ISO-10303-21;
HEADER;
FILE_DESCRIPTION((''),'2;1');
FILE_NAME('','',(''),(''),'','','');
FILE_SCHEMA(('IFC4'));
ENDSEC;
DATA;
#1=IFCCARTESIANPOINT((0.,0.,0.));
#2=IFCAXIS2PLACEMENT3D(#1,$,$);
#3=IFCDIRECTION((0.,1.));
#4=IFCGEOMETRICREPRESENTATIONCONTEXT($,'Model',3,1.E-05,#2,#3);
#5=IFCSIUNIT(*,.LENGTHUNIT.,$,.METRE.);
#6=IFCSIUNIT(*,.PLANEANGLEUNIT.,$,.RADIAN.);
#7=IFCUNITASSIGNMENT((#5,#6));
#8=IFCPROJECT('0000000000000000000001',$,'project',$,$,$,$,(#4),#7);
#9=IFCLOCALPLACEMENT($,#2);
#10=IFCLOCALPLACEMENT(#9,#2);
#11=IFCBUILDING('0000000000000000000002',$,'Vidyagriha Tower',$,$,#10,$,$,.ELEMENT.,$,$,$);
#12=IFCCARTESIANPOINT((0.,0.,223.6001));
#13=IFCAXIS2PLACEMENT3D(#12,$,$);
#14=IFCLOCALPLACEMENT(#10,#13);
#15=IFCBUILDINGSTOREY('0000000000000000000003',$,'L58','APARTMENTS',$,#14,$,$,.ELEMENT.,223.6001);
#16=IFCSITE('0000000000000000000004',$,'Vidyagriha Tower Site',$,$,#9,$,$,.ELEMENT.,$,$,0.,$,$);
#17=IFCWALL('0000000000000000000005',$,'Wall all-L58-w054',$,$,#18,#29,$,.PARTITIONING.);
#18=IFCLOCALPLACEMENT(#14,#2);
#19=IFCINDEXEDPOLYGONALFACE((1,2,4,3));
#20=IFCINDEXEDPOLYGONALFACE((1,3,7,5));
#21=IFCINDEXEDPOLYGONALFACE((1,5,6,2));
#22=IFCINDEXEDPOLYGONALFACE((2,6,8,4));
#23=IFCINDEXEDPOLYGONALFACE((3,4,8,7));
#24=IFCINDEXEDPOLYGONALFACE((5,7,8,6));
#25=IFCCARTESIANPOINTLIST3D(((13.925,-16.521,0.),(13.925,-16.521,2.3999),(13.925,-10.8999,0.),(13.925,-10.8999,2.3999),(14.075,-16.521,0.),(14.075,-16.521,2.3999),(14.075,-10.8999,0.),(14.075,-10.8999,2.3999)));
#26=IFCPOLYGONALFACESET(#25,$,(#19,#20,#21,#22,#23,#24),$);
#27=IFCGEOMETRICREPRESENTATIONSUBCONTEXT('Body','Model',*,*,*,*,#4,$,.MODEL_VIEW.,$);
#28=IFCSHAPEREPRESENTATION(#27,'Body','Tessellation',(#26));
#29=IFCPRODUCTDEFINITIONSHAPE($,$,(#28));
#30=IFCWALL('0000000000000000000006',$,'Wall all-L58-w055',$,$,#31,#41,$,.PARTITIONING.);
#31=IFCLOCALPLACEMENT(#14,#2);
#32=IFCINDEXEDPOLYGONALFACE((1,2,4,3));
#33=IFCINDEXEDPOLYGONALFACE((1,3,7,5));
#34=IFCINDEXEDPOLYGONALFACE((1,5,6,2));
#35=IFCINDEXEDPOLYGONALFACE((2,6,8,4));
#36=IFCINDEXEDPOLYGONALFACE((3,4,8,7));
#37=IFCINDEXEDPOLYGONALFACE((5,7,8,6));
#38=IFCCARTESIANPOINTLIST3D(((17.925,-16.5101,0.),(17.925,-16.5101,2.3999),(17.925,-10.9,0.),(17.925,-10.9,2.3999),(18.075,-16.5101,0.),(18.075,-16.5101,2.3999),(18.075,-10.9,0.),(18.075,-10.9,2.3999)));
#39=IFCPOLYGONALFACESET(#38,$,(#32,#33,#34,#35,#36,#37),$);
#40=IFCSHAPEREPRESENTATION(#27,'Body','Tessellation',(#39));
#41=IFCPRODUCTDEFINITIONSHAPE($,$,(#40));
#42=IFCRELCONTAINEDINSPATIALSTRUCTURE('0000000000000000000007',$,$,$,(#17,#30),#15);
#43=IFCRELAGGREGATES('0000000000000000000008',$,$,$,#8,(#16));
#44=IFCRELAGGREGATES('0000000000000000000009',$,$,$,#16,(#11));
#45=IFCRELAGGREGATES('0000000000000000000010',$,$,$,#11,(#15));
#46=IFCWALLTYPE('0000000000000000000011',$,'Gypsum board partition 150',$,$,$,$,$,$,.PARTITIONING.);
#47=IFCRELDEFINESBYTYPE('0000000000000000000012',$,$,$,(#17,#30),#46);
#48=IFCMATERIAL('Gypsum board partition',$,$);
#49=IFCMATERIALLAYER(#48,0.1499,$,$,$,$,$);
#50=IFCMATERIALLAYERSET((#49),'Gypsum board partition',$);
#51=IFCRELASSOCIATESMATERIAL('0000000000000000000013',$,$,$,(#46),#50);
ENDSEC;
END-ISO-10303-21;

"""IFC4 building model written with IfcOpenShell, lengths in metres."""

from ifc_helpers import new_model, si_unit, direction, frame, frame_2d, origin, place, context, subcontext, project, spatial, rectangle, extrude, material, layer, layer_set, type_object, element, save


model = new_model("IFC4")

# Units and contexts
model_context = context("Model", 3, precision=1e-05, world=origin(), true_north=direction((0.0, 1.0)))
body_context = subcontext(model_context, "Body", "Model", "MODEL_VIEW")
ifc_project = project(units=[si_unit("LENGTHUNIT", "METRE"), si_unit("PLANEANGLEUNIT", "RADIAN")], contexts=[model_context])

# Site, building, storey
site_placement = place(None, origin())
site = spatial("IfcSite", under=ifc_project, at=site_placement, Name="Vidyagriha Tower Site", CompositionType="ELEMENT", RefElevation=0.0)
building_placement = place(site_placement, origin())
building = spatial("IfcBuilding", under=site, at=building_placement, Name="Vidyagriha Tower", CompositionType="ELEMENT")
storey_placement = place(building_placement, frame((0.0, 0.0, 223.6001)))
storey = spatial("IfcBuildingStorey", under=building, at=storey_placement, Name="L58", Description="APARTMENTS", CompositionType="ELEMENT", Elevation=223.6001)

# Walls
ifc_material_1 = material(Name="Gypsum board partition")
ifc_layer_1 = layer(ifc_material_1, 0.1499)
ifc_layer_set_1 = layer_set([ifc_layer_1], Name="Gypsum board partition")
wall_type_1 = type_object("IfcWallType", Name="Gypsum board partition 150", PredefinedType="PARTITIONING", material=ifc_layer_set_1)
wall_1_placement = place(storey_placement, frame((14.0, -10.8999, 0.0), z_axis=(0.0, 0.0, 1.0), x_axis=(0.0, -1.0, 0.0)))
element("IfcWall", 1, at=wall_1_placement, inside=storey, type_object=wall_type_1, Name="Wall all-L58-w054", PredefinedType="PARTITIONING", context=body_context, shape_type="SweptSolid", body=[
    extrude(rectangle(XDim=5.6211, YDim=0.1499, at=frame_2d((2.8105, 0.0))), origin(), (0.0, 0.0, 1.0), 2.3999),
])
wall_2_placement = place(storey_placement, frame((18.0, -10.8999, 0.0), z_axis=(0.0, 0.0, 1.0), x_axis=(0.0, -1.0, 0.0)))
element("IfcWall", 2, at=wall_2_placement, inside=storey, type_object=wall_type_1, Name="Wall all-L58-w055", PredefinedType="PARTITIONING", context=body_context, shape_type="SweptSolid", body=[
    extrude(rectangle(XDim=5.6101, YDim=0.1499, at=frame_2d((2.8052, 0.0))), origin(), (0.0, 0.0, 1.0), 2.3999),
])

save(model, "model.ifc")
